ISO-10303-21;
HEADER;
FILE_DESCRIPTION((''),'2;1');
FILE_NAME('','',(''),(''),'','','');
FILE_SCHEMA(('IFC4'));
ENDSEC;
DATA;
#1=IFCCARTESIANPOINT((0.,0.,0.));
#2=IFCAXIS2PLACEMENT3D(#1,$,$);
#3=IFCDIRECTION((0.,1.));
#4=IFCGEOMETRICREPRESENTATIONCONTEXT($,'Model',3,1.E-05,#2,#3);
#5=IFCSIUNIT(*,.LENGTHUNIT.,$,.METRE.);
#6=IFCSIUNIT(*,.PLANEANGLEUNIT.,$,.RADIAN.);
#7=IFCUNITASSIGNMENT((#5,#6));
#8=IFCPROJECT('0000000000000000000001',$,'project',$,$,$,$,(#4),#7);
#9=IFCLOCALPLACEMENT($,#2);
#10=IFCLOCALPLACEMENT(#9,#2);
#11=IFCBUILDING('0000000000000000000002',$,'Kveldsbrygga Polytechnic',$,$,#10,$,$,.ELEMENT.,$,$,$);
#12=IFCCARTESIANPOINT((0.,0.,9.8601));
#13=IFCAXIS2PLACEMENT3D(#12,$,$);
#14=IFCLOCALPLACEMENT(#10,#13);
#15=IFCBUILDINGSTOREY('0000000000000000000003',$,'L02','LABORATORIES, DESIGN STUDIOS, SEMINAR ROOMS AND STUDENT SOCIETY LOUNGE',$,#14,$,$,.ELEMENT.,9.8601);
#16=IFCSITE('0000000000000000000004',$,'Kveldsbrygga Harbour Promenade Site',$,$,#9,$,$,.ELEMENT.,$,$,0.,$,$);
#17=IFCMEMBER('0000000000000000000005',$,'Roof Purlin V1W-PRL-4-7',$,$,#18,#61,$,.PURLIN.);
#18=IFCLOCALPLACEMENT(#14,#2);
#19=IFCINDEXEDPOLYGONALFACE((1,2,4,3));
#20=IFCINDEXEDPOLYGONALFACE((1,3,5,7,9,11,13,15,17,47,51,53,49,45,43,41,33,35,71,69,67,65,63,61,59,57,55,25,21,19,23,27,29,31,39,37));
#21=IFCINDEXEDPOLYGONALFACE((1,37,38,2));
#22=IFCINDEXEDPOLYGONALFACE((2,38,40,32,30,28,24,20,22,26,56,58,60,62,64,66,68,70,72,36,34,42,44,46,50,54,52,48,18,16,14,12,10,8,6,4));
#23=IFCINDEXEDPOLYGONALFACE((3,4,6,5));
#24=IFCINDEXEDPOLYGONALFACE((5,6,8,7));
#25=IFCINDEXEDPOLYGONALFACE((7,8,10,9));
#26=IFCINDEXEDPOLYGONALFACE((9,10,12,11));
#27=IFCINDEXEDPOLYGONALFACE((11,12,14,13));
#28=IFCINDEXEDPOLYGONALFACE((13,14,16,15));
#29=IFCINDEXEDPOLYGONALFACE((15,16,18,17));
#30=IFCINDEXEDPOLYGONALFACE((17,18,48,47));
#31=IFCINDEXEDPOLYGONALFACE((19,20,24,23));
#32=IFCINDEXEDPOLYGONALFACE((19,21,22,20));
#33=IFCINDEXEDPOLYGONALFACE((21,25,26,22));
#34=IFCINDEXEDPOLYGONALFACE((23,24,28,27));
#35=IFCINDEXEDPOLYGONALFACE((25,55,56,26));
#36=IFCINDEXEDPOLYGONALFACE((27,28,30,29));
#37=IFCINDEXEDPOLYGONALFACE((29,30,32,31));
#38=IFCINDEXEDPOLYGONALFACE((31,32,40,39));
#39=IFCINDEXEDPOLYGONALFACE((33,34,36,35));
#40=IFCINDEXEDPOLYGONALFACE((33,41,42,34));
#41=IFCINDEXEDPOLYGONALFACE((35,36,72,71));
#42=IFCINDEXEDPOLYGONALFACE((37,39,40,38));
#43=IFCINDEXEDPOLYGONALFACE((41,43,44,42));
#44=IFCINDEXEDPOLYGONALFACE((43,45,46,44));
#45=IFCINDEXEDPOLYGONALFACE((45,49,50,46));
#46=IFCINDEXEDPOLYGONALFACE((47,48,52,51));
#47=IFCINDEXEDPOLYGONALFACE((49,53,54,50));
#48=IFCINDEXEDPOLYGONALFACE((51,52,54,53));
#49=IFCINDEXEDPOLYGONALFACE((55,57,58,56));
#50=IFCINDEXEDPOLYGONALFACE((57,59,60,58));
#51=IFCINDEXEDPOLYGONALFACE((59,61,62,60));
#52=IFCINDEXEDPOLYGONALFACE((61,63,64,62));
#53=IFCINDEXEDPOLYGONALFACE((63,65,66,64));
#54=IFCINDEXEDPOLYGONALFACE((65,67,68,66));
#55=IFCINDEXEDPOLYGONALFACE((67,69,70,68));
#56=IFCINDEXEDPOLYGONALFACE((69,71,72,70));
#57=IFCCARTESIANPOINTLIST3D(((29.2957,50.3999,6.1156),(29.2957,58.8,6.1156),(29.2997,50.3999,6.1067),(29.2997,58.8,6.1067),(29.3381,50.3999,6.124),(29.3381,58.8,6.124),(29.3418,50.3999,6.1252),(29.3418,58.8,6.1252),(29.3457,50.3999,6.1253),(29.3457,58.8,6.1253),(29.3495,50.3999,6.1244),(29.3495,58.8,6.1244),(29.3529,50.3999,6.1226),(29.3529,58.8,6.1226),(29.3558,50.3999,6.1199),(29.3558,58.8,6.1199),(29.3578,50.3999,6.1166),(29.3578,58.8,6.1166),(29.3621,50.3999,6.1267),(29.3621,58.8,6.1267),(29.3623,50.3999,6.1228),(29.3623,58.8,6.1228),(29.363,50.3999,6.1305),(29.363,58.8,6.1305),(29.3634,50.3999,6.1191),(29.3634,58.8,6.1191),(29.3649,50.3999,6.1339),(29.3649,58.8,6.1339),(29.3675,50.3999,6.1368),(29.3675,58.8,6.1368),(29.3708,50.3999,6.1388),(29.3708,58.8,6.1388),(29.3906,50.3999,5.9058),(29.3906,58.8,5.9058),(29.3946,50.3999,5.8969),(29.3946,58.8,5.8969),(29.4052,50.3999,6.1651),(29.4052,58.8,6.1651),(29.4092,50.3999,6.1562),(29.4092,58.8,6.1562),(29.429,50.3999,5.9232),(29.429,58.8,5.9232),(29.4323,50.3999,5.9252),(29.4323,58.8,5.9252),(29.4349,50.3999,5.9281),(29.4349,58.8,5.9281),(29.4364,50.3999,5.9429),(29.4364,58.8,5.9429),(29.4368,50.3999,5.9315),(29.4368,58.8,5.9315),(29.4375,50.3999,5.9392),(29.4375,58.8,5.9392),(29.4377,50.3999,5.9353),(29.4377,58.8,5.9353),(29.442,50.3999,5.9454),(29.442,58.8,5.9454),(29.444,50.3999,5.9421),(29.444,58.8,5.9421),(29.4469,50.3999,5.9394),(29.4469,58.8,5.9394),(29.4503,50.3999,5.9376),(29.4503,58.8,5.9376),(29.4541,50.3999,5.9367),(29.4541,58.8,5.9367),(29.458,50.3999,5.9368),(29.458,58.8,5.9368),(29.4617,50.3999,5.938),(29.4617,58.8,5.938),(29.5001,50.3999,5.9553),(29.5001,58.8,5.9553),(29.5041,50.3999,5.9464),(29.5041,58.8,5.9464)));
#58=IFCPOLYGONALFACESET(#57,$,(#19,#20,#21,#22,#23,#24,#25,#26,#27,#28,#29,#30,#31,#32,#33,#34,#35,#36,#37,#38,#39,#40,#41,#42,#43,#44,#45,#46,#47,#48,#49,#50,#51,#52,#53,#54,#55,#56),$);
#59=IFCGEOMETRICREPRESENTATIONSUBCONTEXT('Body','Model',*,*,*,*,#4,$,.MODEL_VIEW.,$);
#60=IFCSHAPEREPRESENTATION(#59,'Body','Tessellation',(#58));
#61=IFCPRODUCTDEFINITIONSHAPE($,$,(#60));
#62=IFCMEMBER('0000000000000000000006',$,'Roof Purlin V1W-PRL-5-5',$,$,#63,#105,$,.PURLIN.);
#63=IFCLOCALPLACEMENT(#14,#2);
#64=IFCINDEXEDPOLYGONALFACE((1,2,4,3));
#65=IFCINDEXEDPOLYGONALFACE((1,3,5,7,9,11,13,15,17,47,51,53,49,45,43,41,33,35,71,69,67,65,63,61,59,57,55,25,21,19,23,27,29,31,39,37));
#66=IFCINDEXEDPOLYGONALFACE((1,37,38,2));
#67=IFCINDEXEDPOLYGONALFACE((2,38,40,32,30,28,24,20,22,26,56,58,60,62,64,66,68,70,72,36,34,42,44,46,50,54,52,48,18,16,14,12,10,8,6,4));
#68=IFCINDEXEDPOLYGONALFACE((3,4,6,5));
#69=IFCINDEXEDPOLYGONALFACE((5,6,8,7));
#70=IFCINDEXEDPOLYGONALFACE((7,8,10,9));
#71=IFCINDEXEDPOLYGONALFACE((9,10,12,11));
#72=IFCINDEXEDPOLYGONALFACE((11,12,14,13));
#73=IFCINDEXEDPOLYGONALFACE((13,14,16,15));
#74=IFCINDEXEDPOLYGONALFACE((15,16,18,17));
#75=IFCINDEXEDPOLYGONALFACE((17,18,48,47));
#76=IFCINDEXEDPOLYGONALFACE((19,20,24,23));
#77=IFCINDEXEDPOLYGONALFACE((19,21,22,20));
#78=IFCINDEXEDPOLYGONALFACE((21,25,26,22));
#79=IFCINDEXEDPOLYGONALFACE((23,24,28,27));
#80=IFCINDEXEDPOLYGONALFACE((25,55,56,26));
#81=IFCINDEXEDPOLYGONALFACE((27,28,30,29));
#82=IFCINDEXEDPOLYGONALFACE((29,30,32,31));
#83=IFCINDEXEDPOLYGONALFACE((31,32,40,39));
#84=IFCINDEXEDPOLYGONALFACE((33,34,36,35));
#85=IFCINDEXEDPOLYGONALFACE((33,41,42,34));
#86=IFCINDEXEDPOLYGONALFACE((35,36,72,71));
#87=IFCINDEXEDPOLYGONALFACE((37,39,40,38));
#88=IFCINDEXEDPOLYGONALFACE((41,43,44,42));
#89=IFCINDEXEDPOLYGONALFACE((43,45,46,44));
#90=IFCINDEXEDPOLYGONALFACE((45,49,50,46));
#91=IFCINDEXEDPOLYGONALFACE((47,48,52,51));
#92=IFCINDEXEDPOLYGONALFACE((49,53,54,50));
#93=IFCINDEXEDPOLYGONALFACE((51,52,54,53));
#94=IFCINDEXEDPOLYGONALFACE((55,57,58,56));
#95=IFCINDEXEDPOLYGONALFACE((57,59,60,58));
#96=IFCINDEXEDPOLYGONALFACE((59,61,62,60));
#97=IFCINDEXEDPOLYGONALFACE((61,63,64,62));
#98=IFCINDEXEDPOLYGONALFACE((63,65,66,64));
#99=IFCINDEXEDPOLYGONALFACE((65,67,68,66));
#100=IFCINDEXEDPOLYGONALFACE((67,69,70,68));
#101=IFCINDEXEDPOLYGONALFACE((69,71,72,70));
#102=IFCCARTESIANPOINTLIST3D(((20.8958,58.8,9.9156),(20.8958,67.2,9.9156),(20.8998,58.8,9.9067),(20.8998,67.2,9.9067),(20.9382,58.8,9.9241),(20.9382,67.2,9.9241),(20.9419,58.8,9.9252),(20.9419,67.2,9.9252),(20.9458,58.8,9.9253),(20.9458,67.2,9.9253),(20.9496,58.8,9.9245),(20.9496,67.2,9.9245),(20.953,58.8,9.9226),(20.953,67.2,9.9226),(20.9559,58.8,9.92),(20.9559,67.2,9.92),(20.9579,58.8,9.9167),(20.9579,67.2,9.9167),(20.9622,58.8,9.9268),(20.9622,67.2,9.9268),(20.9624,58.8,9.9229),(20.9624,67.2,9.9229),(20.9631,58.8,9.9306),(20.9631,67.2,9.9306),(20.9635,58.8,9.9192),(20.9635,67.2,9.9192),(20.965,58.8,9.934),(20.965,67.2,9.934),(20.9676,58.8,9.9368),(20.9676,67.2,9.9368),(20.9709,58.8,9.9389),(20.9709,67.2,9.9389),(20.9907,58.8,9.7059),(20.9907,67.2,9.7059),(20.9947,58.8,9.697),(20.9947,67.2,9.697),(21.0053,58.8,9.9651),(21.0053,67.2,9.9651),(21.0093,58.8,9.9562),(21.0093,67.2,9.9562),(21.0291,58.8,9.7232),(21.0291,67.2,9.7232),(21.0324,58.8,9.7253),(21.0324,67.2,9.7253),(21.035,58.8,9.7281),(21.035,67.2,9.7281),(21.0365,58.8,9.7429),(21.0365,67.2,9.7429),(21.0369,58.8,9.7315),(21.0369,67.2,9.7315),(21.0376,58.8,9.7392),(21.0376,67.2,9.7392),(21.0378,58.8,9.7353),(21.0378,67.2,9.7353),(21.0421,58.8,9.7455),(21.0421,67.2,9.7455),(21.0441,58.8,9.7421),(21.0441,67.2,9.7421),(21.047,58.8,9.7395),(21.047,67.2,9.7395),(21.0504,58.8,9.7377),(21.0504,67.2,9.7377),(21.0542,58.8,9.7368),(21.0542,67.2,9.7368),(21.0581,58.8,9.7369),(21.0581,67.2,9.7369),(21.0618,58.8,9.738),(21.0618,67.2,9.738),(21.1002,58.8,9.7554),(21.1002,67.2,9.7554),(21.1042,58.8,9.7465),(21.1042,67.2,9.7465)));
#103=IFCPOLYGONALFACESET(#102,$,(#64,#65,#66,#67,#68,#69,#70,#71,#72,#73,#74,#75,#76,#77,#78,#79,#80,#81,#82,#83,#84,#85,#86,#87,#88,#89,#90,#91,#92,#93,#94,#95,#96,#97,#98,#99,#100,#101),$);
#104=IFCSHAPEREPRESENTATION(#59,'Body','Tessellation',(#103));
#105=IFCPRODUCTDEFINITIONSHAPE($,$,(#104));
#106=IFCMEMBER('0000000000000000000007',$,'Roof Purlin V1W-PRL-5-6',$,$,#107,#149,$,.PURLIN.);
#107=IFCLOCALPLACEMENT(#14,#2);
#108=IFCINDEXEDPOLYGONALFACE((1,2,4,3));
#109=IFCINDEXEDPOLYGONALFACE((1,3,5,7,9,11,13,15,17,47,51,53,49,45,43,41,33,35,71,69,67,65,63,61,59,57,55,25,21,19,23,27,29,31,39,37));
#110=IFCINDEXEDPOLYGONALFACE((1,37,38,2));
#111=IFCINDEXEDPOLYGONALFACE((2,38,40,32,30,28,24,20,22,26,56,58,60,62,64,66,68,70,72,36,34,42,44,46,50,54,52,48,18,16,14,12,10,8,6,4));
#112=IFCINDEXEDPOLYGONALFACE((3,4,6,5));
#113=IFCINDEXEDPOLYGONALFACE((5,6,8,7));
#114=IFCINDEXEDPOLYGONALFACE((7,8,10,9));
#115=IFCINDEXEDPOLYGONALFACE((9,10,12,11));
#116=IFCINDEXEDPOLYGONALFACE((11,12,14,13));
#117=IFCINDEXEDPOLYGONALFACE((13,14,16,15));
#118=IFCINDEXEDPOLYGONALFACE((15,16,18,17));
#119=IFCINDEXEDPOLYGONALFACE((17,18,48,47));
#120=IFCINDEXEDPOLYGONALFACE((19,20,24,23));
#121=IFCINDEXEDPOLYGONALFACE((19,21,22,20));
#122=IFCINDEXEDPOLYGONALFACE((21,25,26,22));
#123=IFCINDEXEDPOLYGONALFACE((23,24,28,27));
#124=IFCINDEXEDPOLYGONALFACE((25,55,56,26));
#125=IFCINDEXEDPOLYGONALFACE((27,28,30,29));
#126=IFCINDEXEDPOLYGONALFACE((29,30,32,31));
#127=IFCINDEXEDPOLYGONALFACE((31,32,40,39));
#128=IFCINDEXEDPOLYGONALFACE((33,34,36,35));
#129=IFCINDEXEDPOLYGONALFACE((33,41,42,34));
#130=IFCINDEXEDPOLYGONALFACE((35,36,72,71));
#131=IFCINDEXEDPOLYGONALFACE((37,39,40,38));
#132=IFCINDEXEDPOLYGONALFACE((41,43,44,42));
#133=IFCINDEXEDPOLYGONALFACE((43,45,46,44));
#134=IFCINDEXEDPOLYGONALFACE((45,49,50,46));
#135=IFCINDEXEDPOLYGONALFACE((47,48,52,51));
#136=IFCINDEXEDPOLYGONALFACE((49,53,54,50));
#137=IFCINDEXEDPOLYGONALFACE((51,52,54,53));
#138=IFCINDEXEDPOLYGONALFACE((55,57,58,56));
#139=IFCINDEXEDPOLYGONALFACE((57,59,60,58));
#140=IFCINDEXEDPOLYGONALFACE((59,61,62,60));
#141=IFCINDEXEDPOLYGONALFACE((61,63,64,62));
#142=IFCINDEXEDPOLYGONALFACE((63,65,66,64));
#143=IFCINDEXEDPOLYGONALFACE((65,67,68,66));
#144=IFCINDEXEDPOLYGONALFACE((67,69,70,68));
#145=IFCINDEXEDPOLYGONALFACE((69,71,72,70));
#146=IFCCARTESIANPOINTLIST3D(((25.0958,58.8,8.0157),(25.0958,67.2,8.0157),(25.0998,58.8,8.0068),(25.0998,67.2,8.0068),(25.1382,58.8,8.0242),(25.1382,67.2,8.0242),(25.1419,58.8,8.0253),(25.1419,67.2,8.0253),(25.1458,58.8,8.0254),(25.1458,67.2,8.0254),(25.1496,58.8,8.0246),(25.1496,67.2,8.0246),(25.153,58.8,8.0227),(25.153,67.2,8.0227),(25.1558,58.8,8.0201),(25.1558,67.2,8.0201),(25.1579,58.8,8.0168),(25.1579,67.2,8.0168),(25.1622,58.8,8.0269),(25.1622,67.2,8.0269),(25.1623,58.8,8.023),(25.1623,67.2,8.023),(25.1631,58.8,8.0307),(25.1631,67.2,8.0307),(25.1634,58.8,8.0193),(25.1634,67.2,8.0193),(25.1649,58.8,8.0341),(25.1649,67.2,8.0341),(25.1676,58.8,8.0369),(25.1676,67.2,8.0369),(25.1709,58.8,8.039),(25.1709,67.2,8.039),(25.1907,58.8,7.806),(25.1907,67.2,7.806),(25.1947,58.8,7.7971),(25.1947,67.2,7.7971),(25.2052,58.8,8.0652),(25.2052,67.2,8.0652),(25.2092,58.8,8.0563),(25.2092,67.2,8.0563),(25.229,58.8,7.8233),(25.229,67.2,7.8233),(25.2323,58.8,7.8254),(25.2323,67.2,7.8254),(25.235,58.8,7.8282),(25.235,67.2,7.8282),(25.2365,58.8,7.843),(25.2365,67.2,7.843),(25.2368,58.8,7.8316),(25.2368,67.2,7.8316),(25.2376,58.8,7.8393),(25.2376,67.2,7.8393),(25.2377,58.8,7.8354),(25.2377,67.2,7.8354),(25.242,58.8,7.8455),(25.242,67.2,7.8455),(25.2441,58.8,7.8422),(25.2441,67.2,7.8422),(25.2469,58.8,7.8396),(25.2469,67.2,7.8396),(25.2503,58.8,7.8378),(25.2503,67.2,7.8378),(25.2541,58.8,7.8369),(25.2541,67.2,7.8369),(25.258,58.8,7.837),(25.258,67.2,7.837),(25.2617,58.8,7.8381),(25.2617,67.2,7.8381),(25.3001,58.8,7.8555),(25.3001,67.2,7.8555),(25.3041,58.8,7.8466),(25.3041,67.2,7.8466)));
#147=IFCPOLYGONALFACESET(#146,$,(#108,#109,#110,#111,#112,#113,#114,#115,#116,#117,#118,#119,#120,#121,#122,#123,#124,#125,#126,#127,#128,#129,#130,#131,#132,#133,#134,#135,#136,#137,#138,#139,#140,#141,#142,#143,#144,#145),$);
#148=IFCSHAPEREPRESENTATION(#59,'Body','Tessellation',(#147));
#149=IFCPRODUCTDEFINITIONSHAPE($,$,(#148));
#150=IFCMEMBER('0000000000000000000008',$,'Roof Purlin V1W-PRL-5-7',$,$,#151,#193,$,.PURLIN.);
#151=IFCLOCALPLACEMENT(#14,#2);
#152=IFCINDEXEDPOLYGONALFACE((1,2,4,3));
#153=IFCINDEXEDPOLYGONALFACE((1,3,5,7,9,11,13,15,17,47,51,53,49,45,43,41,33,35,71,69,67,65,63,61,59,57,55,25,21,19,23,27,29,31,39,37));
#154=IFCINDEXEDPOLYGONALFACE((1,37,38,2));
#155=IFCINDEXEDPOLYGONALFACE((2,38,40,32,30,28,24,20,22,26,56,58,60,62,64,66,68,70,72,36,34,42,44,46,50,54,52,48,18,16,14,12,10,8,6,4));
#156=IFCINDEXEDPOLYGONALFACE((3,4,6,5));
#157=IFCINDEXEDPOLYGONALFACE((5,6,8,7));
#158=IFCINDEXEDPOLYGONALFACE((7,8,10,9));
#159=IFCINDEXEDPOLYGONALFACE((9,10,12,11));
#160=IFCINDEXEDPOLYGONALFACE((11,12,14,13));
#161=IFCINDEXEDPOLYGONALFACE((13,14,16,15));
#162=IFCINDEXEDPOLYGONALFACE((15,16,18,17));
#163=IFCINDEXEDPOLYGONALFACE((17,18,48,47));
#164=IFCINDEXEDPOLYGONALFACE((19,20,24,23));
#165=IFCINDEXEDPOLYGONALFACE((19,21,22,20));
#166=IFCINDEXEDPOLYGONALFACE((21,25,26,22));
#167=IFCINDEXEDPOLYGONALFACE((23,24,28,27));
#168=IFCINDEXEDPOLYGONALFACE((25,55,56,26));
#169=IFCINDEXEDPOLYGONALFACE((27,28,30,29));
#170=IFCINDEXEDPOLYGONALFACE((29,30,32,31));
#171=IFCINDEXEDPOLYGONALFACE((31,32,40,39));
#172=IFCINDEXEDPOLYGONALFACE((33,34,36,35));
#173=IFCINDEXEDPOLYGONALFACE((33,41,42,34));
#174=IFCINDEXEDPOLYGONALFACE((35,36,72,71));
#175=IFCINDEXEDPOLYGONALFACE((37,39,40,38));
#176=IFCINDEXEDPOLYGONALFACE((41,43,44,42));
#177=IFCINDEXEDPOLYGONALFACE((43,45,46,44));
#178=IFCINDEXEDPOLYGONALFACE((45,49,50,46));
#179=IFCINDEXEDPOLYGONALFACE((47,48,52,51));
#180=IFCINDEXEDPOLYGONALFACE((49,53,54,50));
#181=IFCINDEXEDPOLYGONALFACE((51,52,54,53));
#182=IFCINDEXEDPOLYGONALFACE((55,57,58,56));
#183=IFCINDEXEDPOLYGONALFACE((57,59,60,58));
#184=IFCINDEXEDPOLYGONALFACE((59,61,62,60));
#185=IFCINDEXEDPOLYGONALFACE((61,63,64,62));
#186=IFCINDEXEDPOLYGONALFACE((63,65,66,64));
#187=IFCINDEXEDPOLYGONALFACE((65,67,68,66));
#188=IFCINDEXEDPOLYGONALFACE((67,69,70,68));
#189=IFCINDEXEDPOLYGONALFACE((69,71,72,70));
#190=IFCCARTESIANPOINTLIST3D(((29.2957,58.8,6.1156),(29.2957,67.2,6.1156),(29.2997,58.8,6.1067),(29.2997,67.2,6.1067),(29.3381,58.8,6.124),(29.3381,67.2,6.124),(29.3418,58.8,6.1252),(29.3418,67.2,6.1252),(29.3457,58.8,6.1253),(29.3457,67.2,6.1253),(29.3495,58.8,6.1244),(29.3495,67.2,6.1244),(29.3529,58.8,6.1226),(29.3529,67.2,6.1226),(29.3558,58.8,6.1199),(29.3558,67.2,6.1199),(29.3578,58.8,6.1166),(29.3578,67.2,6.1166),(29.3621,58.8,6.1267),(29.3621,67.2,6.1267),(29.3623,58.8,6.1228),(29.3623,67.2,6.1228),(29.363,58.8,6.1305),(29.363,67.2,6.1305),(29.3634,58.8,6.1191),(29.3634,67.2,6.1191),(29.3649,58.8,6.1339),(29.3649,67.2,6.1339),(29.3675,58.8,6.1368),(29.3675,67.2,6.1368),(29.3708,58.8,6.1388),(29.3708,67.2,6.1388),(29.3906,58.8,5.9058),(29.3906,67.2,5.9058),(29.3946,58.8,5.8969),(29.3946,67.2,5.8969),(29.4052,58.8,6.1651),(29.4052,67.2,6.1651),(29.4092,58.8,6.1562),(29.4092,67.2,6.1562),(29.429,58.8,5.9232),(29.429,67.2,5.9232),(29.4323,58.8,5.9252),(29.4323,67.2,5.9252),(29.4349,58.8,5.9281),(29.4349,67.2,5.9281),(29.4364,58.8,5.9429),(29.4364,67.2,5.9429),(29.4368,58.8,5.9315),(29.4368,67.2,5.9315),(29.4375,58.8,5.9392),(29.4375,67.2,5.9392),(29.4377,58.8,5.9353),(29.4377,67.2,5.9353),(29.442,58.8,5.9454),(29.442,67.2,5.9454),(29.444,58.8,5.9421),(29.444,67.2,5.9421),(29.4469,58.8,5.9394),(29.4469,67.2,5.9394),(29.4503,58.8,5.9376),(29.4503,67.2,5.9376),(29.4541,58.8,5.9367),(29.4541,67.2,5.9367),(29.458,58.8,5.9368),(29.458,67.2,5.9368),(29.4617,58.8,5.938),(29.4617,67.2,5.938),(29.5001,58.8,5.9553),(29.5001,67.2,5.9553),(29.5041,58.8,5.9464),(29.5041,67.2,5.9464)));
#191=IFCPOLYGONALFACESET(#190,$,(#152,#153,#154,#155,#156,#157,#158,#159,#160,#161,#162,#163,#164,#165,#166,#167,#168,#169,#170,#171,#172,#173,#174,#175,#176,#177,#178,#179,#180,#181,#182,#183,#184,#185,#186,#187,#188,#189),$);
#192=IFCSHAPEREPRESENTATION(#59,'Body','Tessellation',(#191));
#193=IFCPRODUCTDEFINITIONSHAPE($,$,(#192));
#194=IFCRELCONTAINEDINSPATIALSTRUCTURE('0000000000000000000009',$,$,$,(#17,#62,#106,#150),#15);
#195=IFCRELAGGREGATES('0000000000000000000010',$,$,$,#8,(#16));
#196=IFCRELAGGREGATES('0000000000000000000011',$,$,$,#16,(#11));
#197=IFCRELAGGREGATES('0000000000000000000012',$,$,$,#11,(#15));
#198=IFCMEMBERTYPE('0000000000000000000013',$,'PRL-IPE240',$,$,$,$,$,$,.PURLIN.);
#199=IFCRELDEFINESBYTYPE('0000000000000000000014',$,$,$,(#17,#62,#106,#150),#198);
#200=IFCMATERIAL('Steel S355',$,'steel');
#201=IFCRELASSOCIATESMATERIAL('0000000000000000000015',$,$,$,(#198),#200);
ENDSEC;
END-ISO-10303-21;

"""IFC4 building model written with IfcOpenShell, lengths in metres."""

from ifc_helpers import new_model, si_unit, direction, frame, origin, origin_2d, place, context, subcontext, project, spatial, i_section, extrude, material, material_profile, profile_set, type_object, element, save


model = new_model("IFC4")

# Units and contexts
model_context = context("Model", 3, precision=1e-05, world=origin(), true_north=direction((0.0, 1.0)))
body_context = subcontext(model_context, "Body", "Model", "MODEL_VIEW")
ifc_project = project(units=[si_unit("LENGTHUNIT", "METRE"), si_unit("PLANEANGLEUNIT", "RADIAN")], contexts=[model_context])

# Site, building, storey
site_placement = place(None, origin())
site = spatial("IfcSite", under=ifc_project, at=site_placement, Name="Kveldsbrygga Harbour Promenade Site", CompositionType="ELEMENT", RefElevation=0.0)
building_placement = place(site_placement, origin())
building = spatial("IfcBuilding", under=site, at=building_placement, Name="Kveldsbrygga Polytechnic", CompositionType="ELEMENT")
storey_placement = place(building_placement, frame((0.0, 0.0, 9.8601)))
storey = spatial("IfcBuildingStorey", under=building, at=storey_placement, Name="L02", Description="LABORATORIES, DESIGN STUDIOS, SEMINAR ROOMS AND STUDENT SOCIETY LOUNGE", CompositionType="ELEMENT", Elevation=9.8601)

# Members
ifc_material = material(Name="Steel S355", Category="steel")
ifc_material_profile_1 = material_profile(ifc_material, i_section(OverallWidth=0.1201, OverallDepth=0.24, WebThickness=0.0061, FlangeThickness=0.0098, FilletRadius=0.0149, at=origin_2d()), Name="IPE 240")
ifc_profile_set_1 = profile_set([ifc_material_profile_1], Name="Steel S355")
member_type_1 = type_object("IfcMemberType", Name="PRL-IPE240", PredefinedType="PURLIN", material=ifc_profile_set_1)
member_1_placement = place(storey_placement, frame((29.3999, 50.3999, 6.031), z_axis=(0.0, 1.0, 0.0), x_axis=(-0.911108, 0.0, -0.412168)))
element("IfcMember", 1, at=member_1_placement, inside=storey, type_object=member_type_1, Name="Roof Purlin V1W-PRL-4-7", PredefinedType="PURLIN", context=body_context, shape_type="SweptSolid", body=[
    extrude(i_section(OverallWidth=0.1201, OverallDepth=0.24, WebThickness=0.0061, FlangeThickness=0.0098, FilletRadius=0.0149, at=origin_2d()), origin(), (0.0, 0.0, 1.0), 8.4001),
])
for number, where, z_axis, x_axis, name in (
    (2, (21.0, 58.8, 9.8311), (0.0, 1.0, 0.0), (-0.911108, 0.0, -0.412168), "Roof Purlin V1W-PRL-5-5"),
    (3, (25.2, 58.8, 7.9312), (0.0, 1.0, 0.0), (-0.911108, 0.0, -0.412168), "Roof Purlin V1W-PRL-5-6"),
    (4, (29.3999, 58.8, 6.031), (0.0, 1.0, 0.0), (-0.911108, 0.0, -0.412168), "Roof Purlin V1W-PRL-5-7"),
):
    element("IfcMember", number, at=place(storey_placement, frame(where, z_axis=z_axis, x_axis=x_axis)), inside=storey, type_object=member_type_1, Name=name, PredefinedType="PURLIN", context=body_context, shape_type="SweptSolid", body=[
        extrude(i_section(OverallWidth=0.1201, OverallDepth=0.24, WebThickness=0.0061, FlangeThickness=0.0098, FilletRadius=0.0149, at=origin_2d()), origin(), (0.0, 0.0, 1.0), 8.3999),
    ])

save(model, "model.ifc")
